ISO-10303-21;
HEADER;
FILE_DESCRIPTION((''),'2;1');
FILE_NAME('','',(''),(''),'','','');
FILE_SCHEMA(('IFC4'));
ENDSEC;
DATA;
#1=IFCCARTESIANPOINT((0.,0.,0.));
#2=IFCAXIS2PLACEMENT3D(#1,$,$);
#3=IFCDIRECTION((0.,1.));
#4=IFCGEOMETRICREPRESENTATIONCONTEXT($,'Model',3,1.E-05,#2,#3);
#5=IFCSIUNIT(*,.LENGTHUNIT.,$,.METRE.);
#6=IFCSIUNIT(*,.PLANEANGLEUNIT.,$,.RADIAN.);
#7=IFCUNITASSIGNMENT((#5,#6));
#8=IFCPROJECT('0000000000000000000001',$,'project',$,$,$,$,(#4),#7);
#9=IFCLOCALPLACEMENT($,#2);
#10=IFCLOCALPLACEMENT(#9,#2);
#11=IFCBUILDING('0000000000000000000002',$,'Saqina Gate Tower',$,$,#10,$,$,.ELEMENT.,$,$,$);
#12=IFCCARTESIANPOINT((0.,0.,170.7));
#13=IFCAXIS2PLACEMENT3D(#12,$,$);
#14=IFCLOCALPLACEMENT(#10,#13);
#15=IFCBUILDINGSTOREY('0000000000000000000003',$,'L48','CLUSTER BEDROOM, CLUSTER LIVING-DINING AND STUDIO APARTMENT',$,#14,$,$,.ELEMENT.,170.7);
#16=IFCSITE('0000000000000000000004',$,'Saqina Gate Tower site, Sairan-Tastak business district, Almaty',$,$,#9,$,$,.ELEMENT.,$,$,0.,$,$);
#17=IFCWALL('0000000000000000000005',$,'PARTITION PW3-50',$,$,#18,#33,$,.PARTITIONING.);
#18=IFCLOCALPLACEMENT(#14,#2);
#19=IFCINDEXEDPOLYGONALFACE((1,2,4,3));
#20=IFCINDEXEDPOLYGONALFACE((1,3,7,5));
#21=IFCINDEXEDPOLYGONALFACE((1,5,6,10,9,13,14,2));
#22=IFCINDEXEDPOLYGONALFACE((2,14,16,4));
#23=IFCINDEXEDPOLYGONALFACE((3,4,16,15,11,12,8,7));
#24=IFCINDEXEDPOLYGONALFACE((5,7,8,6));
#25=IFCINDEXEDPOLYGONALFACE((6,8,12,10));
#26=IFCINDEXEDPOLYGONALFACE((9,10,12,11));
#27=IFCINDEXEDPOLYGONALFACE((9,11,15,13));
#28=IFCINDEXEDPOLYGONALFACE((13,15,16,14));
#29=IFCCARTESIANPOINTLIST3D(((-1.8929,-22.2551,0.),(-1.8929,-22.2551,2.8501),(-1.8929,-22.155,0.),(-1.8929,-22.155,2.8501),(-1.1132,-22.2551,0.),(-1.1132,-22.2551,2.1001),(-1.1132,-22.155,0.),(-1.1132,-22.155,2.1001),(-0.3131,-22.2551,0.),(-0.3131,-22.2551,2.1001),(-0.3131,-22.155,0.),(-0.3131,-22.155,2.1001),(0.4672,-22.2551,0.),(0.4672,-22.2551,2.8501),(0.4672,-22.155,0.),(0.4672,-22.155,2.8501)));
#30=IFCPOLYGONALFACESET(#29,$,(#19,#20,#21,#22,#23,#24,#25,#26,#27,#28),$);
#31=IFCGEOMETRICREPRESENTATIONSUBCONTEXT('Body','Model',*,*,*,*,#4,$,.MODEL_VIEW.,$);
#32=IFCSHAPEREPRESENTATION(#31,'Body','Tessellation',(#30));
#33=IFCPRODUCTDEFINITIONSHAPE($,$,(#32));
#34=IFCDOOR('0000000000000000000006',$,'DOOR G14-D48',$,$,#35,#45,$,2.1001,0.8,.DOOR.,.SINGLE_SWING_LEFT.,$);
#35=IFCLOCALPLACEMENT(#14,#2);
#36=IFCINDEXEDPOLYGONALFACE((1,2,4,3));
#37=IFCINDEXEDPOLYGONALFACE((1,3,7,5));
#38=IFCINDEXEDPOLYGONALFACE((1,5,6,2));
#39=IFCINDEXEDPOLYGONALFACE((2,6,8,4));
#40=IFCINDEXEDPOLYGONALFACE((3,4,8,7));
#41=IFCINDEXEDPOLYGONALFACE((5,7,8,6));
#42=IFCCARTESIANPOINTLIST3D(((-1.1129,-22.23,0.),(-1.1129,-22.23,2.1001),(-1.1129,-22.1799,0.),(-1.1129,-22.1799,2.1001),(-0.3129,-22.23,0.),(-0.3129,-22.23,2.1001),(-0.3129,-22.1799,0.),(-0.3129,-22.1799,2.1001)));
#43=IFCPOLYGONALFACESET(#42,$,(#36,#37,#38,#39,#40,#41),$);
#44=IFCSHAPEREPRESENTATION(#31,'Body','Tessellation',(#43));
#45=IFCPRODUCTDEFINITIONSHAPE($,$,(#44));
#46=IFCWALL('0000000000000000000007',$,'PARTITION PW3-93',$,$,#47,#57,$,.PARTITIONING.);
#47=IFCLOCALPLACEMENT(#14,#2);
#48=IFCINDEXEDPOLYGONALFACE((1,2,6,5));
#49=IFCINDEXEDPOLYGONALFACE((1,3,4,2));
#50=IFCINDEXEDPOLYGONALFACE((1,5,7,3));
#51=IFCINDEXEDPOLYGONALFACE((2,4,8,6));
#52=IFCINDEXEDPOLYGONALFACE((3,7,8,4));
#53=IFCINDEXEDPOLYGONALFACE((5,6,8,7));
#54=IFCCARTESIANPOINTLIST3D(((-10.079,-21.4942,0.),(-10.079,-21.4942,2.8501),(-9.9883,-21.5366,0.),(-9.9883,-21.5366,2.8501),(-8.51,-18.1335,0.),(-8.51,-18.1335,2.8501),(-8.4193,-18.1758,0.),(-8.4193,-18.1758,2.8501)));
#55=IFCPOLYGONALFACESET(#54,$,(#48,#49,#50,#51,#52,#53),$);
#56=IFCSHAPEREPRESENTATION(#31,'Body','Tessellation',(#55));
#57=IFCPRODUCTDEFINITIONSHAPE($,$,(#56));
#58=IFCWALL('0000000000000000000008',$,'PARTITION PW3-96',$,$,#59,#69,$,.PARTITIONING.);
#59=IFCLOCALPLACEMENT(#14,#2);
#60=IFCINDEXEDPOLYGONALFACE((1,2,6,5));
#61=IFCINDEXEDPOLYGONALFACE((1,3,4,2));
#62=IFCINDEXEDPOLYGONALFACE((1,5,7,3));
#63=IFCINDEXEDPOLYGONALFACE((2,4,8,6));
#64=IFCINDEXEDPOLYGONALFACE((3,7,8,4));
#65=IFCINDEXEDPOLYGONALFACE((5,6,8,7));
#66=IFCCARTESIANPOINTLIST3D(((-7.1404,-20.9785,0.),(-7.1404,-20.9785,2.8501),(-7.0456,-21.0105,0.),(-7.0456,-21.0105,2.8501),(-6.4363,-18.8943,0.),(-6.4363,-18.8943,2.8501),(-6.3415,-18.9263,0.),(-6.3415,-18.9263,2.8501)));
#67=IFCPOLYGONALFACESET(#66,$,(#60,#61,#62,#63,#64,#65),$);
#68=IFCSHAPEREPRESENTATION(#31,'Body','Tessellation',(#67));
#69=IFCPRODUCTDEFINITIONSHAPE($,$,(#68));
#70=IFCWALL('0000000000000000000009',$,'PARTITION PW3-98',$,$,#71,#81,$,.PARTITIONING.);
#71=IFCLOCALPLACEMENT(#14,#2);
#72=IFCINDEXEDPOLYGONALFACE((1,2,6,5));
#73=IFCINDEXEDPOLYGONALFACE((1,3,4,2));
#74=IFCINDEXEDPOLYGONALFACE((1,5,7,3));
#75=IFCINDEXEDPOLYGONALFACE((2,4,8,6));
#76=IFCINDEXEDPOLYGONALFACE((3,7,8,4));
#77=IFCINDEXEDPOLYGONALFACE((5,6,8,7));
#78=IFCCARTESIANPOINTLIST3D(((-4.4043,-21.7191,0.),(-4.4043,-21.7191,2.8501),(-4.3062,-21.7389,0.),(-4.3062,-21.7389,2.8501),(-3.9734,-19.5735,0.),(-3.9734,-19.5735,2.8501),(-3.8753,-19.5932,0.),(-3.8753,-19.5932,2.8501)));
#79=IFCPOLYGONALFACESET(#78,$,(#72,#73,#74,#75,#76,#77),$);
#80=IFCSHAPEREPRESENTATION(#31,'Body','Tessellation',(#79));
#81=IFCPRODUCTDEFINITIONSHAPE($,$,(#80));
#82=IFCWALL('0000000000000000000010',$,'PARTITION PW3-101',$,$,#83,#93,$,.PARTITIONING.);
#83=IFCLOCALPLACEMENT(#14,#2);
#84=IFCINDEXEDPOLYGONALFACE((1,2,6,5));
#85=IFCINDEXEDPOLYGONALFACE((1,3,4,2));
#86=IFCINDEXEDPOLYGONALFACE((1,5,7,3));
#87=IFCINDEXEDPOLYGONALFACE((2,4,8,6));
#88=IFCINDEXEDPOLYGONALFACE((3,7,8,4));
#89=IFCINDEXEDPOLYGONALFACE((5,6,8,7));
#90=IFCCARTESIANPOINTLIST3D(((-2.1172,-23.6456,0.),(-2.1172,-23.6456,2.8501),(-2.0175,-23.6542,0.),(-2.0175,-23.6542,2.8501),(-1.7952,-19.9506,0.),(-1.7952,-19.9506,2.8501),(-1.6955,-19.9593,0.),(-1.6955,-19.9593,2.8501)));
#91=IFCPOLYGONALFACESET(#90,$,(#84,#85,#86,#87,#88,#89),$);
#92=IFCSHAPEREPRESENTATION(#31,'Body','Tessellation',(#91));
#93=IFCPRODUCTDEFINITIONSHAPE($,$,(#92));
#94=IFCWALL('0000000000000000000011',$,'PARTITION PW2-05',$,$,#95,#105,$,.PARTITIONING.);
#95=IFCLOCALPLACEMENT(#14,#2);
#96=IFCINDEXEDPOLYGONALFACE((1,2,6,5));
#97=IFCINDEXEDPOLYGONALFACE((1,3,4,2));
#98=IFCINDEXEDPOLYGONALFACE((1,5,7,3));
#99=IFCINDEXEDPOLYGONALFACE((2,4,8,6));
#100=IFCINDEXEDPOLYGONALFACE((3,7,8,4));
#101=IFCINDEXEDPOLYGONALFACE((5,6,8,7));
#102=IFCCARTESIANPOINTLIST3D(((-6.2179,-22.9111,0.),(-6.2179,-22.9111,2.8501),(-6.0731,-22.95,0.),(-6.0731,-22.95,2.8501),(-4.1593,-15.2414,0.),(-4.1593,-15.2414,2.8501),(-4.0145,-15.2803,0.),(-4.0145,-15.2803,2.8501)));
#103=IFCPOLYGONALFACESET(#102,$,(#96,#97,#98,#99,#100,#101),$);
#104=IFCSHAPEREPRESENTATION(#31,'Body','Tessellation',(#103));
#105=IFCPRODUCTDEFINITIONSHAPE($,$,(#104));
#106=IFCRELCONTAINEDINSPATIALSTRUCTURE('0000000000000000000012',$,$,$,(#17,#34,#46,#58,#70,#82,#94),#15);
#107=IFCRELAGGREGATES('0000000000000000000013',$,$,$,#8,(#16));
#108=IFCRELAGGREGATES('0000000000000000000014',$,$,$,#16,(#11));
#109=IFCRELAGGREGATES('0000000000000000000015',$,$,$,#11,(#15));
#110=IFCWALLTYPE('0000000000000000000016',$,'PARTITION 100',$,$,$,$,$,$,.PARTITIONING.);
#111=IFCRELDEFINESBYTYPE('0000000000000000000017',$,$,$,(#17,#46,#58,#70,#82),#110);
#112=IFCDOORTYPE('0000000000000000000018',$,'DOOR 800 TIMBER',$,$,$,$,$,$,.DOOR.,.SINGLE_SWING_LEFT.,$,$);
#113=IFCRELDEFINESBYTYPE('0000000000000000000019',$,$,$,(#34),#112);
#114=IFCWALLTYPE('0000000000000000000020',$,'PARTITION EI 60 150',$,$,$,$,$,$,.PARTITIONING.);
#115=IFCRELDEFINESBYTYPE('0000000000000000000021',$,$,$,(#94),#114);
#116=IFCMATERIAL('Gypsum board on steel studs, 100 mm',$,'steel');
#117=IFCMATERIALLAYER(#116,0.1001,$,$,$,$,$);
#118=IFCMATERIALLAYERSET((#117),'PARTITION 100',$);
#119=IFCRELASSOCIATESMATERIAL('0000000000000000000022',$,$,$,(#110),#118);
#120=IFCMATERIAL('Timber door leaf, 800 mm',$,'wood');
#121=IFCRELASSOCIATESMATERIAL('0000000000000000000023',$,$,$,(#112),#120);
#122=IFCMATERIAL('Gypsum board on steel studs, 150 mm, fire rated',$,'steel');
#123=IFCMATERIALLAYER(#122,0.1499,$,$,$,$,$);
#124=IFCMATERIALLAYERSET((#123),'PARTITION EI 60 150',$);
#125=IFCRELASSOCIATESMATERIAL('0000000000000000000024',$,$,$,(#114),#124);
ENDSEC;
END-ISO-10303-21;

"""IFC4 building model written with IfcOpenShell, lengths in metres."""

from ifc_helpers import new_model, si_unit, direction, frame, frame_2d, origin, place, context, subcontext, project, spatial, rectangle, extrude, material, layer, layer_set, type_object, element, fill, save


model = new_model("IFC4")

# Units and contexts
model_context = context("Model", 3, precision=1e-05, world=origin(), true_north=direction((0.0, 1.0)))
body_context = subcontext(model_context, "Body", "Model", "MODEL_VIEW")
ifc_project = project(units=[si_unit("LENGTHUNIT", "METRE"), si_unit("PLANEANGLEUNIT", "RADIAN")], contexts=[model_context])

# Site, building, storey
site_placement = place(None, origin())
site = spatial("IfcSite", under=ifc_project, at=site_placement, Name="Saqina Gate Tower site, Sairan-Tastak business district, Almaty", CompositionType="ELEMENT", RefElevation=0.0)
building_placement = place(site_placement, origin())
building = spatial("IfcBuilding", under=site, at=building_placement, Name="Saqina Gate Tower", CompositionType="ELEMENT")
storey_placement = place(building_placement, frame((0.0, 0.0, 170.7)))
storey = spatial("IfcBuildingStorey", under=building, at=storey_placement, Name="L48", Description="CLUSTER BEDROOM, CLUSTER LIVING-DINING AND STUDIO APARTMENT", CompositionType="ELEMENT", Elevation=170.7)

# Wall, opening, door
ifc_material_1 = material(Name="Gypsum board on steel studs, 100 mm", Category="steel")
ifc_layer_1 = layer(ifc_material_1, 0.1001)
ifc_layer_set_1 = layer_set([ifc_layer_1], Name="PARTITION 100")
wall_type_1 = type_object("IfcWallType", Name="PARTITION 100", PredefinedType="PARTITIONING", material=ifc_layer_set_1)
ifc_material_2 = material(Name="Timber door leaf, 800 mm", Category="wood")
door_type = type_object("IfcDoorType", Name="DOOR 800 TIMBER", OperationType="SINGLE_SWING_LEFT", PredefinedType="DOOR", material=ifc_material_2)
wall_1_placement = place(storey_placement, frame((-1.8931, -22.2051, 0.0), z_axis=(0.0, 0.0, 1.0), x_axis=(1.0, 0.0, 0.0)))
wall_1 = element("IfcWall", 1, at=wall_1_placement, inside=storey, type_object=wall_type_1, Name="PARTITION PW3-50", PredefinedType="PARTITIONING", context=body_context, shape_type="SweptSolid", body=[
    extrude(rectangle(XDim=2.3601, YDim=0.1001, at=frame_2d((1.1802, 0.0))), origin(), (0.0, 0.0, 1.0), 2.8501),
])
opening_1_placement = place(wall_1_placement, frame((0.78, 0.0, 0.0)))
opening_1 = element("IfcOpeningElement", 2, at=opening_1_placement, cuts=wall_1, PredefinedType="OPENING", context=body_context, shape_type="SweptSolid", body=[
    extrude(rectangle(XDim=0.8, YDim=2.1001, at=frame_2d((0.3999, 1.05))), frame((0.0, 0.062, 0.0), z_axis=(0.0, -1.0, 0.0), x_axis=(1.0, 0.0, 0.0)), (0.0, 0.0, 1.0), 0.124),
])
door_1_placement = place(opening_1_placement, frame((0.8, 0.0, 0.0), z_axis=(0.0, 0.0, 1.0), x_axis=(-1.0, 0.0, 0.0)))
door_1 = element("IfcDoor", 3, at=door_1_placement, inside=storey, type_object=door_type, Name="DOOR G14-D48", OperationType="SINGLE_SWING_LEFT", OverallHeight=2.1001, OverallWidth=0.8, PredefinedType="DOOR", context=body_context, shape_type="SweptSolid", body=[
    extrude(rectangle(XDim=0.8, YDim=2.1001, at=frame_2d((0.3999, 1.05))), frame((0.0, 0.0249, 0.0), z_axis=(0.0, -1.0, 0.0), x_axis=(1.0, 0.0, 0.0)), (0.0, 0.0, 1.0), 0.05),
])
fill(opening_1, door_1)

# Walls
wall_2_placement = place(storey_placement, frame((-10.0337, -21.5154, 0.0), z_axis=(0.0, 0.0, 1.0), x_axis=(0.42304, 0.906111, 0.0)))
element("IfcWall", 4, at=wall_2_placement, inside=storey, type_object=wall_type_1, Name="PARTITION PW3-93", PredefinedType="PARTITIONING", context=body_context, shape_type="SweptSolid", body=[
    extrude(rectangle(XDim=3.709, YDim=0.1001, at=frame_2d((1.8545, 0.0))), origin(), (0.0, 0.0, 1.0), 2.8501),
])
wall_3_placement = place(storey_placement, frame((-7.093, -20.9946, 0.0), z_axis=(0.0, 0.0, 1.0), x_axis=(0.320054, 0.947399, 0.0)))
element("IfcWall", 5, at=wall_3_placement, inside=storey, type_object=wall_type_1, Name="PARTITION PW3-96", PredefinedType="PARTITIONING", context=body_context, shape_type="SweptSolid", body=[
    extrude(rectangle(XDim=2.2, YDim=0.1001, at=frame_2d((1.1001, 0.0))), origin(), (0.0, 0.0, 1.0), 2.8501),
])
wall_4_placement = place(storey_placement, frame((-4.3552, -21.729, 0.0), z_axis=(0.0, 0.0, 1.0), x_axis=(0.196888, 0.980426, 0.0)))
element("IfcWall", 6, at=wall_4_placement, inside=storey, type_object=wall_type_1, Name="PARTITION PW3-98", PredefinedType="PARTITIONING", context=body_context, shape_type="SweptSolid", body=[
    extrude(rectangle(XDim=2.1885, YDim=0.1001, at=frame_2d((1.0942, 0.0))), origin(), (0.0, 0.0, 1.0), 2.8501),
])
wall_5_placement = place(storey_placement, frame((-2.0674, -23.6499, 0.0), z_axis=(0.0, 0.0, 1.0), x_axis=(0.08682, 0.996224, 0.0)))
element("IfcWall", 7, at=wall_5_placement, inside=storey, type_object=wall_type_1, Name="PARTITION PW3-101", PredefinedType="PARTITIONING", context=body_context, shape_type="SweptSolid", body=[
    extrude(rectangle(XDim=3.709, YDim=0.1001, at=frame_2d((1.8545, 0.0))), origin(), (0.0, 0.0, 1.0), 2.8501),
])
ifc_material_3 = material(Name="Gypsum board on steel studs, 150 mm, fire rated", Category="steel")
ifc_layer_2 = layer(ifc_material_3, 0.1499)
ifc_layer_set_2 = layer_set([ifc_layer_2], Name="PARTITION EI 60 150")
wall_type_2 = type_object("IfcWallType", Name="PARTITION EI 60 150", PredefinedType="PARTITIONING", material=ifc_layer_set_2)
wall_6_placement = place(storey_placement, frame((-6.1455, -22.9307, 0.0), z_axis=(0.0, 0.0, 1.0), x_axis=(0.259231, 0.965815, 0.0)))
element("IfcWall", 8, at=wall_6_placement, inside=storey, type_object=wall_type_2, Name="PARTITION PW2-05", PredefinedType="PARTITIONING", context=body_context, shape_type="SweptSolid", body=[
    extrude(rectangle(XDim=7.9412, YDim=0.1499, at=frame_2d((3.9707, 0.0))), origin(), (0.0, 0.0, 1.0), 2.8501),
])

save(model, "model.ifc")
